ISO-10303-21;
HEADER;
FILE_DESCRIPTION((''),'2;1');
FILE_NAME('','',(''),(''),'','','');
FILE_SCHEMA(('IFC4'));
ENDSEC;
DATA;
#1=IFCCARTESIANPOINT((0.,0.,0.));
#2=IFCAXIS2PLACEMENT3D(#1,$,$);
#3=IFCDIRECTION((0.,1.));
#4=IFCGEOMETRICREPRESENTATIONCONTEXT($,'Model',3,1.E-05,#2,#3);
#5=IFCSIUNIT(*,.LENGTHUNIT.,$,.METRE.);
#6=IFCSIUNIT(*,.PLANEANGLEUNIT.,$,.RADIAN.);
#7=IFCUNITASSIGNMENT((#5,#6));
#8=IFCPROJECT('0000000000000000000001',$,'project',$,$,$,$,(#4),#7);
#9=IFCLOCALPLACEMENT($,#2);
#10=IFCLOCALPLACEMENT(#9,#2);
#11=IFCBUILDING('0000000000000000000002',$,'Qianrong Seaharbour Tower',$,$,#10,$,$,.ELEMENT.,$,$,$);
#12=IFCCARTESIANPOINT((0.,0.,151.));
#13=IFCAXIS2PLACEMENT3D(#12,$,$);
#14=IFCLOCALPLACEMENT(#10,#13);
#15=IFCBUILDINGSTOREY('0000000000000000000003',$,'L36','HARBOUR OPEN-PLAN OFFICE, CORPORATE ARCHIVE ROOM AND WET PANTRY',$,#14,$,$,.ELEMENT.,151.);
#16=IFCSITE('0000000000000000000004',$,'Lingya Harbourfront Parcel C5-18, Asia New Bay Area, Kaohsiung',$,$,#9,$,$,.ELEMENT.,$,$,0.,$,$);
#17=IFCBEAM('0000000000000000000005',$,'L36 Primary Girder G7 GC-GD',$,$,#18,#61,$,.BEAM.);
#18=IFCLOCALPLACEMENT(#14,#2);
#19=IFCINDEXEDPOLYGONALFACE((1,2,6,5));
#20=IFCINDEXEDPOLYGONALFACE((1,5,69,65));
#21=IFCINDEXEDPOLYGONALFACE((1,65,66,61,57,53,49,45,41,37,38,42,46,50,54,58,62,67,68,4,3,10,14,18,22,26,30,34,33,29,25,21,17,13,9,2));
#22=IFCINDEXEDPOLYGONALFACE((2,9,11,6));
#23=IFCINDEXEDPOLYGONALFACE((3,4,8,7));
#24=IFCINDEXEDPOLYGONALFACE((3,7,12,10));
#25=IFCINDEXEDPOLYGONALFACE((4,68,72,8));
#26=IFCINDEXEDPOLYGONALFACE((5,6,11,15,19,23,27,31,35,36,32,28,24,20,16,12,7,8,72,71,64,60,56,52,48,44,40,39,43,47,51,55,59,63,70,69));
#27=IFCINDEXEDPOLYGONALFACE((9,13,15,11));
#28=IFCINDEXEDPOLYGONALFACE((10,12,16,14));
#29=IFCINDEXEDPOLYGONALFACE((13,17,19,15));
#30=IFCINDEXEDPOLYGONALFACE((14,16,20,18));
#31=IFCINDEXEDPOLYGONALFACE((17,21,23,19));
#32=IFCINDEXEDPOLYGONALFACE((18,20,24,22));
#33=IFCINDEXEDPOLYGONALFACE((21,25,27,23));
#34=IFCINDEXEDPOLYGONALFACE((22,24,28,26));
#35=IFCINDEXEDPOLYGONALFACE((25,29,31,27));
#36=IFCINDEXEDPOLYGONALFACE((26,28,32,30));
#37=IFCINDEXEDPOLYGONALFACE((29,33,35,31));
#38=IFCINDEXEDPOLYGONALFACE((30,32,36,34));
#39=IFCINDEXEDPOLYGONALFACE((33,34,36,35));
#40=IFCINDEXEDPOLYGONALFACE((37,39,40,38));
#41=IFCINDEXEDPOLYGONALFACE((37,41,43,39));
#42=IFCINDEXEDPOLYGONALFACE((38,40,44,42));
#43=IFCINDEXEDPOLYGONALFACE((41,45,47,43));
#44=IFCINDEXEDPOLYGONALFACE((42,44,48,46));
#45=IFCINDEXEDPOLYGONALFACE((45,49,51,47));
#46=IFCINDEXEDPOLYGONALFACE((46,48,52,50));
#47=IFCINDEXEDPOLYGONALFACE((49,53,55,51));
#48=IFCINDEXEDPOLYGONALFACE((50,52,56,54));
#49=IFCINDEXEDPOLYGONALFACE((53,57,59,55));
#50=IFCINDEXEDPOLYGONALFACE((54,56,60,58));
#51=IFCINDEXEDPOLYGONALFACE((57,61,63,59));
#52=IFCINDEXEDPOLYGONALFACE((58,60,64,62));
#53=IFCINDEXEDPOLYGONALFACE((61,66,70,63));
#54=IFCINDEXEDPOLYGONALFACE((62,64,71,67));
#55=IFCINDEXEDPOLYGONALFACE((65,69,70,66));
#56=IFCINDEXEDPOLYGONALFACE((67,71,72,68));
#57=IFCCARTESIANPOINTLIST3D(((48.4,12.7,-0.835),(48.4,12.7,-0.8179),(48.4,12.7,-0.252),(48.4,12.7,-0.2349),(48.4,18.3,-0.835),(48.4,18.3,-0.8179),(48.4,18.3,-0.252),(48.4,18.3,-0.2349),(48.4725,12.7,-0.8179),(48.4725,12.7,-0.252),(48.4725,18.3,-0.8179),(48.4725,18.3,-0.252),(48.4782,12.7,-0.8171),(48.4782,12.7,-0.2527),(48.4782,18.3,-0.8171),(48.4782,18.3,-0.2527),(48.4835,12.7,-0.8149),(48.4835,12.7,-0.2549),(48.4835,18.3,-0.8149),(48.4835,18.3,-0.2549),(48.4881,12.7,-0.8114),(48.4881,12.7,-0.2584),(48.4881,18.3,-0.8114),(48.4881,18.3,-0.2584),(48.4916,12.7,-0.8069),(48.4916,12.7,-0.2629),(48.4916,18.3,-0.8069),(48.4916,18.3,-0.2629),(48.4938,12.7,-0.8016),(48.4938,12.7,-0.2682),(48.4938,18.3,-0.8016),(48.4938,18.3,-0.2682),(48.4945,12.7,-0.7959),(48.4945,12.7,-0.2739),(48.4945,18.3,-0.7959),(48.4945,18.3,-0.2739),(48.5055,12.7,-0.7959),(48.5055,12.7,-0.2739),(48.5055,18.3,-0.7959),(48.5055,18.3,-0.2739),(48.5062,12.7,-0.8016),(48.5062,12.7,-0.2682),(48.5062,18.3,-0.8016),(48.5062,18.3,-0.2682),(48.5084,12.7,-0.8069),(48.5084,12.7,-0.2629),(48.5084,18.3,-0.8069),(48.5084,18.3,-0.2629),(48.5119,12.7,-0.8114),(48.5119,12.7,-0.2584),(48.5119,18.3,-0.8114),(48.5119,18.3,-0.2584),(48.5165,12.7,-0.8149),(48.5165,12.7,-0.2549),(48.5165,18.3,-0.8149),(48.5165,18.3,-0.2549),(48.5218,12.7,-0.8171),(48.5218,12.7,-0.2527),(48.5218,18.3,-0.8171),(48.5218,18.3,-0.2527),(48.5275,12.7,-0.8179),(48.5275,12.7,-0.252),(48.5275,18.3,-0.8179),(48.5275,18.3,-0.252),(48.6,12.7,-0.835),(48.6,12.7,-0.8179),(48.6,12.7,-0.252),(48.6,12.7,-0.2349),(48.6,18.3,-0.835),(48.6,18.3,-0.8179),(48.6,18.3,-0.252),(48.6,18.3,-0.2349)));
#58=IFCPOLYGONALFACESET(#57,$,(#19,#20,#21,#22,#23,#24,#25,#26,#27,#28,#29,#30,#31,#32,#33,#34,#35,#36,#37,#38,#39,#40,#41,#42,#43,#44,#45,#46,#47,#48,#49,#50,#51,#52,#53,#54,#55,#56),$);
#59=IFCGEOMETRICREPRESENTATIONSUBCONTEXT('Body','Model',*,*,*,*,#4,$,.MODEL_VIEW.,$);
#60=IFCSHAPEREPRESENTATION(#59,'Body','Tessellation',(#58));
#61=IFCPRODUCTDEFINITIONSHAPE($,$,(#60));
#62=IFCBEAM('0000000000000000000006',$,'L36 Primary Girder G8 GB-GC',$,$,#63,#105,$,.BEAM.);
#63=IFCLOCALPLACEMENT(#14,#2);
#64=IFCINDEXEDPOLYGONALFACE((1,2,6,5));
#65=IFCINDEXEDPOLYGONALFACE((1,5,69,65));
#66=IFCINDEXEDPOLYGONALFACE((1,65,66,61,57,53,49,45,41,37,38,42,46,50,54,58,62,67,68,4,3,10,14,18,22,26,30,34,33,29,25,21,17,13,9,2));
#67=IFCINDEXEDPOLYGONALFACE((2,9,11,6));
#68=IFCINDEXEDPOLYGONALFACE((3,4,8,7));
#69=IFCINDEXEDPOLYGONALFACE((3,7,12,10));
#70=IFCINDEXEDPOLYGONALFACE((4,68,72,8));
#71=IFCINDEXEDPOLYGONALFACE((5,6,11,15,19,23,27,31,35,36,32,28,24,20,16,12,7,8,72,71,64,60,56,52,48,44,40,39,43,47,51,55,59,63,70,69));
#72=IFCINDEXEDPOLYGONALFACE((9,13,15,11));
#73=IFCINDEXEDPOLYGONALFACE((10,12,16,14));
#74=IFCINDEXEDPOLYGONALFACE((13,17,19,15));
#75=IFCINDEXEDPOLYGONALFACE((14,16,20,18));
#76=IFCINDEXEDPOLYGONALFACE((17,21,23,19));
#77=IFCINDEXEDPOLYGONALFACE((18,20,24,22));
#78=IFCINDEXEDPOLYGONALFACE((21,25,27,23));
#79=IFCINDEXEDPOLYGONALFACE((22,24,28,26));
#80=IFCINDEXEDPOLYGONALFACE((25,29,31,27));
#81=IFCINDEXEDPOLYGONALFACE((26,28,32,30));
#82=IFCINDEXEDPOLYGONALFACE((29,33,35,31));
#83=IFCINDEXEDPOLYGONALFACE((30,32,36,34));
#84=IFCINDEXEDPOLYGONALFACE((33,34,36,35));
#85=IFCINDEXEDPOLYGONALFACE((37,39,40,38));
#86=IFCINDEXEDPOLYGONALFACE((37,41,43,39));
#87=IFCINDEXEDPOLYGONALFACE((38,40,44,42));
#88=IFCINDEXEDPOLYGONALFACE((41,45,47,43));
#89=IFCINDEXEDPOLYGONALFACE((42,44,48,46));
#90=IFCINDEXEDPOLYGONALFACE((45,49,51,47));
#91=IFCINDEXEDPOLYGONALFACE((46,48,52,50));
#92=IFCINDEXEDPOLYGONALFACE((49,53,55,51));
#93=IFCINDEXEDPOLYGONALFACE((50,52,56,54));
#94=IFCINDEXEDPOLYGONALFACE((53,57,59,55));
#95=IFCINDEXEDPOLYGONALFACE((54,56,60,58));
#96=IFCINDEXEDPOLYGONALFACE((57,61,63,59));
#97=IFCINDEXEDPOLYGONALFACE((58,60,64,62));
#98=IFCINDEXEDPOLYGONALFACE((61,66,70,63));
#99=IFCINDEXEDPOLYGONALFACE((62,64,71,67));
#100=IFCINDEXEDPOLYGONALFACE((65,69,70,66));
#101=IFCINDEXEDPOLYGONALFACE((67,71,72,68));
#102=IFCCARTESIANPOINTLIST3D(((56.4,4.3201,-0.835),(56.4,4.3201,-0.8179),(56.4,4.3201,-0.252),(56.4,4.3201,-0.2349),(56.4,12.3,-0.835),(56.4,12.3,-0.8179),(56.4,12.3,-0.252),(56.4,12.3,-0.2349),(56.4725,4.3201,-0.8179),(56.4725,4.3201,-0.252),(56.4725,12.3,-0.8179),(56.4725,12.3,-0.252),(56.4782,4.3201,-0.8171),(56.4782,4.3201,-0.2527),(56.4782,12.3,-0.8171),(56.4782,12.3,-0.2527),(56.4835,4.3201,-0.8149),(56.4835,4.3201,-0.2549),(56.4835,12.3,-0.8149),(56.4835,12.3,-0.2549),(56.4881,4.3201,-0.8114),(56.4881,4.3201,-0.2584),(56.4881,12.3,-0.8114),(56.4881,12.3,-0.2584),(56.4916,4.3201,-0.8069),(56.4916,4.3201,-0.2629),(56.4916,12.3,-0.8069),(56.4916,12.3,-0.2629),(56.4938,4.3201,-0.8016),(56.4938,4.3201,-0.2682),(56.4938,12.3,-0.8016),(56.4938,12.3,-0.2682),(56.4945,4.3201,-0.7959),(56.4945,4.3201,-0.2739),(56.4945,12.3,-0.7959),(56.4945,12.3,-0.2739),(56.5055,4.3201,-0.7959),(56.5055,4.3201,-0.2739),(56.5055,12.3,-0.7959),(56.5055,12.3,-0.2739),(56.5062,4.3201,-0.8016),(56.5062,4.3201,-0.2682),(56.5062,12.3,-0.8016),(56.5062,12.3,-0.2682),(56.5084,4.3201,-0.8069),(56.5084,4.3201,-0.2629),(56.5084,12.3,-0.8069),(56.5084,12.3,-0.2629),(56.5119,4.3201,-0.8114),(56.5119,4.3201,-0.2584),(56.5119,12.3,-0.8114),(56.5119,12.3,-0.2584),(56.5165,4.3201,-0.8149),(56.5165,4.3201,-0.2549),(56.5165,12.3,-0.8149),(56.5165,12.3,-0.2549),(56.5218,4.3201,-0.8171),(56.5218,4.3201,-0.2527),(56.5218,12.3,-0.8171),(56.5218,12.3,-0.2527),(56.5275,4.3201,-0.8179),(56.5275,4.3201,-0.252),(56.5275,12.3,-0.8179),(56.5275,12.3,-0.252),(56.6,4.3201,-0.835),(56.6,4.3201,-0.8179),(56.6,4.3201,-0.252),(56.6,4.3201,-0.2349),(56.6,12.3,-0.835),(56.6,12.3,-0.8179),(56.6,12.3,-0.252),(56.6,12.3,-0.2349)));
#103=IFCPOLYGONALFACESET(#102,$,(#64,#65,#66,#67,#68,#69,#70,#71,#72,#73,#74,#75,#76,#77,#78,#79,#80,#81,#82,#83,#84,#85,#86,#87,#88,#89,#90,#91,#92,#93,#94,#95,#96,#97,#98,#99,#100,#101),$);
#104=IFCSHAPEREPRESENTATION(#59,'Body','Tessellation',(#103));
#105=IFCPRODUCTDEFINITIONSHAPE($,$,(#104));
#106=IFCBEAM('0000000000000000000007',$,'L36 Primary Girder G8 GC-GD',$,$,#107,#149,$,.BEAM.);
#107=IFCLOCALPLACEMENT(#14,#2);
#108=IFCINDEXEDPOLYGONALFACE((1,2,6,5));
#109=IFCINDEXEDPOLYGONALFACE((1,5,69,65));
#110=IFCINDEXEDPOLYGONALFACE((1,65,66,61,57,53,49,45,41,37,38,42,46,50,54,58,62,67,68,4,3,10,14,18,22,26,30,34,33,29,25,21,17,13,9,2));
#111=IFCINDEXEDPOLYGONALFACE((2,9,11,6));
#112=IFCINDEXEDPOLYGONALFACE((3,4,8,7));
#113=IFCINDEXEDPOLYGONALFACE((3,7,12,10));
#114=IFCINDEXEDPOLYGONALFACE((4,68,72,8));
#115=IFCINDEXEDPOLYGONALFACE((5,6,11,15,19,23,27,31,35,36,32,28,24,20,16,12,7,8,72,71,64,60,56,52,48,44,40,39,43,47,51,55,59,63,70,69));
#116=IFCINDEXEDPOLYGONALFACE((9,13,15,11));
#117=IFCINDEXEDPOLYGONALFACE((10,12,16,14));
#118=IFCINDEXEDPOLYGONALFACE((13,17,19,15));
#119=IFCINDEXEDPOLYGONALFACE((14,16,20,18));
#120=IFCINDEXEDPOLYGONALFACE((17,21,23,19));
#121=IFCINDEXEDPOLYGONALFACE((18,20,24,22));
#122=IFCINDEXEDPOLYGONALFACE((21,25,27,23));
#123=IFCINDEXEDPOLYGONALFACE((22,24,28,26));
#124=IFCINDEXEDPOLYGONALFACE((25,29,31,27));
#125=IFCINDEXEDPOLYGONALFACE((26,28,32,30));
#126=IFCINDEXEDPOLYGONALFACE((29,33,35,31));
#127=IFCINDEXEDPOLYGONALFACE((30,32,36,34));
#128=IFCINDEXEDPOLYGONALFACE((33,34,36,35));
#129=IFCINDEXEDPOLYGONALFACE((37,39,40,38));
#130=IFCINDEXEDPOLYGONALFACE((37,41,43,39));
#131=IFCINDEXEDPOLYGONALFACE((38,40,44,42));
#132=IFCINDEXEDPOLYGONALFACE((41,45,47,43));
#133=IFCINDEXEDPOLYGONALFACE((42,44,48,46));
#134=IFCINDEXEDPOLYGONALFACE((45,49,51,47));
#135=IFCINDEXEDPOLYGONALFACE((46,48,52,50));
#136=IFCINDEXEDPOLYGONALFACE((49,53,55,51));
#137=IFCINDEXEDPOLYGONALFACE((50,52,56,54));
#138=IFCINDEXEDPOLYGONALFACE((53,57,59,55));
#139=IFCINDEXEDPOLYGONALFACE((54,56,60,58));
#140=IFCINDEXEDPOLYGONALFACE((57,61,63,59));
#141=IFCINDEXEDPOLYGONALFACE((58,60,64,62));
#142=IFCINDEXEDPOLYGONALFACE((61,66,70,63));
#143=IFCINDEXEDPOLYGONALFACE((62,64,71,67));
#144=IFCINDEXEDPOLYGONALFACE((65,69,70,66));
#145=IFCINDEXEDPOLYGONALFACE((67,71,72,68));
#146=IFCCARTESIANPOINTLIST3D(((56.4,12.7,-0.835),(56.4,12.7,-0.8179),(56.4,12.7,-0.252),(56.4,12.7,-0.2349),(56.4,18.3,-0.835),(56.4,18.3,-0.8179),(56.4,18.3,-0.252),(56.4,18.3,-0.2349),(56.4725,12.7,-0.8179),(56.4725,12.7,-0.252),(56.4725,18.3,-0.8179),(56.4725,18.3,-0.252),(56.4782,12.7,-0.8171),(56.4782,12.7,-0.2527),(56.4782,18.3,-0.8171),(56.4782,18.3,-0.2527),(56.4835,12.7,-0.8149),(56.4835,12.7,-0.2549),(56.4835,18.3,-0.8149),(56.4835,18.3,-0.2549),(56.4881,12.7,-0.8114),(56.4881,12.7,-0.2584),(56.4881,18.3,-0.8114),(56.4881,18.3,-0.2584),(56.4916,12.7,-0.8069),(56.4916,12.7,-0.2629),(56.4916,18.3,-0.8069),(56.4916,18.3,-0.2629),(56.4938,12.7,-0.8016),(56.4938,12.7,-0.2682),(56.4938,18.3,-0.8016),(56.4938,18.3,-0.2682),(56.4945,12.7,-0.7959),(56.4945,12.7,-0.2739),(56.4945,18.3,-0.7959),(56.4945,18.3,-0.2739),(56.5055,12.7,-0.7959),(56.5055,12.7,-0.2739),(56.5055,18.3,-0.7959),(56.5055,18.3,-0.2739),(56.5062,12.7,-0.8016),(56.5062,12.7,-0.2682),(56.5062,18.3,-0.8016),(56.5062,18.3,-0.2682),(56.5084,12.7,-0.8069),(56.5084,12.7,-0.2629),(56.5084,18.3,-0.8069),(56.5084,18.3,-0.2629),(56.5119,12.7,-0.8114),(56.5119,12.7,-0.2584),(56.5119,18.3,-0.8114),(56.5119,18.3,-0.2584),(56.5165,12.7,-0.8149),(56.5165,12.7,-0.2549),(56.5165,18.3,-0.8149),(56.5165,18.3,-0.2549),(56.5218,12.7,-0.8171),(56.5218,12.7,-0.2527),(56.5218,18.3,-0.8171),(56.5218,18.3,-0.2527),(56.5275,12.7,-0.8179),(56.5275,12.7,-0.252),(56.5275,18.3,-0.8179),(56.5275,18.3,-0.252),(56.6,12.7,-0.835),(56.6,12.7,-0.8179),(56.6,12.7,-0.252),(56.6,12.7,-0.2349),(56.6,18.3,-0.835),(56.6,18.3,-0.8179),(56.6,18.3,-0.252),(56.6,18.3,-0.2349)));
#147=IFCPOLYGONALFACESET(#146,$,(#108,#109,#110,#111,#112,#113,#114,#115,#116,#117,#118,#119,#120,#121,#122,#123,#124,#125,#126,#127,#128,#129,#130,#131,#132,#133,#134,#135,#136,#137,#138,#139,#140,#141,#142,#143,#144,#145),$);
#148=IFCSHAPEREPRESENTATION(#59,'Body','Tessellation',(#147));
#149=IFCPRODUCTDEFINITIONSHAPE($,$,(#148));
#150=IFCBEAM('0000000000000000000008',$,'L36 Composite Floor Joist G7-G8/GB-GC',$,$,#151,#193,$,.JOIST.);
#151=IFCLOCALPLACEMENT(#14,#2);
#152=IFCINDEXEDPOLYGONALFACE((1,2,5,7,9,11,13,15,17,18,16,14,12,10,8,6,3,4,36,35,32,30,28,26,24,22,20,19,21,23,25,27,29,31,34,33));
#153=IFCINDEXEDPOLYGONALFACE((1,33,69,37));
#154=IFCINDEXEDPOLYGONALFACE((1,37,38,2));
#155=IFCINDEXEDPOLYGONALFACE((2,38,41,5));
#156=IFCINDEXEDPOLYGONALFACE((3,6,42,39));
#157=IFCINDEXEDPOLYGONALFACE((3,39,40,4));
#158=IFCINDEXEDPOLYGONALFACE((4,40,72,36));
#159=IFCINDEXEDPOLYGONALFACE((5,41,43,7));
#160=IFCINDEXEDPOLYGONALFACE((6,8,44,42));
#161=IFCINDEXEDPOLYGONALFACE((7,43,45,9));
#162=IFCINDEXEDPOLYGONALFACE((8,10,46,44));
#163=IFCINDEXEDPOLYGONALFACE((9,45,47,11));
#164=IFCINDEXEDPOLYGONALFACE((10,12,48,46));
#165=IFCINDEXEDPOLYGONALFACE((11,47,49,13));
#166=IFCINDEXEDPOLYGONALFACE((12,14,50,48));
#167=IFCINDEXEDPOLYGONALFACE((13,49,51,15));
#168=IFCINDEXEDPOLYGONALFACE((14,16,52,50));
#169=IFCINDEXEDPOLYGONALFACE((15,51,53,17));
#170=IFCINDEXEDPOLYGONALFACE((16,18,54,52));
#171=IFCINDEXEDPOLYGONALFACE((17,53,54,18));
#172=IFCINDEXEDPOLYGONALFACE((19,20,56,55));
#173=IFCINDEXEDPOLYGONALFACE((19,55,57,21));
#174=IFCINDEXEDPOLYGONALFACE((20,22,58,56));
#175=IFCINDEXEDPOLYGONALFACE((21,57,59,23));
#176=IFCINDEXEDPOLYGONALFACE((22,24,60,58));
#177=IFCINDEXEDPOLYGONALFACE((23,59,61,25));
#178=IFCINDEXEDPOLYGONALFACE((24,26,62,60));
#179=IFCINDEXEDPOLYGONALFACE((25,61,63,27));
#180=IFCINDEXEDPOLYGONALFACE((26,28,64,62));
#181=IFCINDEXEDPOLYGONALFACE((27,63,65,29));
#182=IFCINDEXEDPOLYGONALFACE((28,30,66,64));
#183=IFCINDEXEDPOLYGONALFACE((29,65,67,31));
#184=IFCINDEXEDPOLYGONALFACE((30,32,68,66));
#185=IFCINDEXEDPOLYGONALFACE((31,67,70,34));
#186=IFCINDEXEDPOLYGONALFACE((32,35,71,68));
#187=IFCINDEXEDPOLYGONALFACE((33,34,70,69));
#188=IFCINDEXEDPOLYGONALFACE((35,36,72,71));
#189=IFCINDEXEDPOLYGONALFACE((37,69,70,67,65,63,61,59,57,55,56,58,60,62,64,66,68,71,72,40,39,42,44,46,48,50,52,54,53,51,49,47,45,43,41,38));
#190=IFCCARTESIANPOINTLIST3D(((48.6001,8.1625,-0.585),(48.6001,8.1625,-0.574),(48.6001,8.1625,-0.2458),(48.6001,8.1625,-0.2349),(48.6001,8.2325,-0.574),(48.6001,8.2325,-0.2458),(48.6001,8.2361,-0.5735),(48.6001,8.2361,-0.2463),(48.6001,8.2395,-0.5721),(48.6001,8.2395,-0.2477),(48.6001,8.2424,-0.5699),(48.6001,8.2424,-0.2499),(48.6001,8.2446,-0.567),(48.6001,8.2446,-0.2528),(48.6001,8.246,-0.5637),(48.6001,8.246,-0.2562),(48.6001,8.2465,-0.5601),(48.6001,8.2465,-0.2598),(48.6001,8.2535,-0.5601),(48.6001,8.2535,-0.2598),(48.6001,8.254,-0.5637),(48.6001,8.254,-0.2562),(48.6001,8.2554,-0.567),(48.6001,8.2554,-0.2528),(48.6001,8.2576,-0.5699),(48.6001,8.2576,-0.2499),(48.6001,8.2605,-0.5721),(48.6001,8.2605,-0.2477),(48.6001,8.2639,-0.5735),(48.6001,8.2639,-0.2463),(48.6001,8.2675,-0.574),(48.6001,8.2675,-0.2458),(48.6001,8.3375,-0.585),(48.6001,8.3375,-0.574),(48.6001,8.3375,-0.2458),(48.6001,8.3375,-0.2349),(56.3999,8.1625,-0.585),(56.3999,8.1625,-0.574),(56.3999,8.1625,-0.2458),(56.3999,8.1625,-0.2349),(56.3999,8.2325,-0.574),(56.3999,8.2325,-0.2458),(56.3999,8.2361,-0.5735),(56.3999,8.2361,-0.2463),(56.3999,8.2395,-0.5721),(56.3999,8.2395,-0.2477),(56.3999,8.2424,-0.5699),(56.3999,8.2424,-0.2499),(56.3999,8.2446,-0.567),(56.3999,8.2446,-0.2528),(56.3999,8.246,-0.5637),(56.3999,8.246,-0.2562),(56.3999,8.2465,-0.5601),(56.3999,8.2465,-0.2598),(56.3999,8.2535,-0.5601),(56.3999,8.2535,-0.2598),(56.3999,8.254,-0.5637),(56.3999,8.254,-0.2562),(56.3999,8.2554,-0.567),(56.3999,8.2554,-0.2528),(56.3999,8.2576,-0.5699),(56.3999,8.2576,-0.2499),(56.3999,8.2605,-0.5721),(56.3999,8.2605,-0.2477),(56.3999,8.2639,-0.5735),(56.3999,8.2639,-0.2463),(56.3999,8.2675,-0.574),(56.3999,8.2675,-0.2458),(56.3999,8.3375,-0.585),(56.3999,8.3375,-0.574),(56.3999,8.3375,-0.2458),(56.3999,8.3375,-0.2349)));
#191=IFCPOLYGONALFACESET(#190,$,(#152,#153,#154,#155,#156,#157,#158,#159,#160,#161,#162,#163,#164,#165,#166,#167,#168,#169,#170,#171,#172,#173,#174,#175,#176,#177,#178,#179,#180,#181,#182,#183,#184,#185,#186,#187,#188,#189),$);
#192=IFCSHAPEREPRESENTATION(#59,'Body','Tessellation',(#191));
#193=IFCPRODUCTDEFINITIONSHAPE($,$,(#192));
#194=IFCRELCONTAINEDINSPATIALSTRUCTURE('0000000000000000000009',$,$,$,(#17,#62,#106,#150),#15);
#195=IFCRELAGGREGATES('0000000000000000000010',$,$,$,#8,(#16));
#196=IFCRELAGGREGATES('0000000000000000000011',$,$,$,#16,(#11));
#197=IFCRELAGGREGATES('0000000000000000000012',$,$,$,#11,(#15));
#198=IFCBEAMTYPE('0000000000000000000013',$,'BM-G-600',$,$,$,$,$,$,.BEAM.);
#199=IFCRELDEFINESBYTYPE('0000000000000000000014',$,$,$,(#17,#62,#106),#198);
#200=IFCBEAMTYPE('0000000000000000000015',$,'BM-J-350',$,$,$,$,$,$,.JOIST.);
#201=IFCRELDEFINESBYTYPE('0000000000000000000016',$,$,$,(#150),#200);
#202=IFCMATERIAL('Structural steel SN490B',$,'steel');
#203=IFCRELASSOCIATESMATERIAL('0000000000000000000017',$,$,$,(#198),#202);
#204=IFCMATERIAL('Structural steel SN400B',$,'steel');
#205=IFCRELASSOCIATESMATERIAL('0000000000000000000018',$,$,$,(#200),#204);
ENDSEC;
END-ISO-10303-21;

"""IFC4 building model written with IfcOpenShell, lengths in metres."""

from ifc_helpers import new_model, si_unit, direction, frame, origin, origin_2d, place, context, subcontext, project, spatial, i_section, extrude, material, material_profile, profile_set, type_object, element, save


model = new_model("IFC4")

# Units and contexts
model_context = context("Model", 3, precision=1e-05, world=origin(), true_north=direction((0.0, 1.0)))
body_context = subcontext(model_context, "Body", "Model", "MODEL_VIEW")
ifc_project = project(units=[si_unit("LENGTHUNIT", "METRE"), si_unit("PLANEANGLEUNIT", "RADIAN")], contexts=[model_context])

# Site, building, storey
site_placement = place(None, origin())
site = spatial("IfcSite", under=ifc_project, at=site_placement, Name="Lingya Harbourfront Parcel C5-18, Asia New Bay Area, Kaohsiung", CompositionType="ELEMENT", RefElevation=0.0)
building_placement = place(site_placement, origin())
building = spatial("IfcBuilding", under=site, at=building_placement, Name="Qianrong Seaharbour Tower", CompositionType="ELEMENT")
storey_placement = place(building_placement, frame((0.0, 0.0, 151.0)))
storey = spatial("IfcBuildingStorey", under=building, at=storey_placement, Name="L36", Description="HARBOUR OPEN-PLAN OFFICE, CORPORATE ARCHIVE ROOM AND WET PANTRY", CompositionType="ELEMENT", Elevation=151.0)

# Shared definitions
ifc_material_1 = material(Name="Structural steel SN490B", Category="steel")

# Beams
ifc_material_profile_1 = material_profile(ifc_material_1, i_section(OverallWidth=0.2, OverallDepth=0.6001, WebThickness=0.011, FlangeThickness=0.0171, FilletRadius=0.022, at=origin_2d()), Name="H600x200x11x17")
ifc_profile_set_1 = profile_set([ifc_material_profile_1], Name="Structural steel SN490B")
beam_type_1 = type_object("IfcBeamType", Name="BM-G-600", PredefinedType="BEAM", material=ifc_profile_set_1)
beam_1_placement = place(storey_placement, frame((48.5, 12.7, -0.5349), z_axis=(0.0, 1.0, 0.0), x_axis=(-1.0, 0.0, 0.0)))
element("IfcBeam", 1, at=beam_1_placement, inside=storey, type_object=beam_type_1, Name="L36 Primary Girder G7 GC-GD", PredefinedType="BEAM", context=body_context, shape_type="SweptSolid", body=[
    extrude(i_section(OverallWidth=0.2, OverallDepth=0.6001, WebThickness=0.011, FlangeThickness=0.0171, FilletRadius=0.022, at=origin_2d()), origin(), (0.0, 0.0, 1.0), 5.6001),
])
beam_2_placement = place(storey_placement, frame((56.5, 4.3201, -0.5349), z_axis=(0.0, 1.0, 0.0), x_axis=(-1.0, 0.0, 0.0)))
element("IfcBeam", 2, at=beam_2_placement, inside=storey, type_object=beam_type_1, Name="L36 Primary Girder G8 GB-GC", PredefinedType="BEAM", context=body_context, shape_type="SweptSolid", body=[
    extrude(i_section(OverallWidth=0.2, OverallDepth=0.6001, WebThickness=0.011, FlangeThickness=0.0171, FilletRadius=0.022, at=origin_2d()), origin(), (0.0, 0.0, 1.0), 7.98),
])
beam_3_placement = place(storey_placement, frame((56.5, 12.7, -0.5349), z_axis=(0.0, 1.0, 0.0), x_axis=(-1.0, 0.0, 0.0)))
element("IfcBeam", 3, at=beam_3_placement, inside=storey, type_object=beam_type_1, Name="L36 Primary Girder G8 GC-GD", PredefinedType="BEAM", context=body_context, shape_type="SweptSolid", body=[
    extrude(i_section(OverallWidth=0.2, OverallDepth=0.6001, WebThickness=0.011, FlangeThickness=0.0171, FilletRadius=0.022, at=origin_2d()), origin(), (0.0, 0.0, 1.0), 5.6001),
])
ifc_material_2 = material(Name="Structural steel SN400B", Category="steel")
ifc_material_profile_2 = material_profile(ifc_material_2, i_section(OverallWidth=0.175, OverallDepth=0.3501, WebThickness=0.0071, FlangeThickness=0.011, FilletRadius=0.0139, at=origin_2d()), Name="H350x175x7x11")
ifc_profile_set_2 = profile_set([ifc_material_profile_2], Name="Structural steel SN400B")
beam_type_2 = type_object("IfcBeamType", Name="BM-J-350", PredefinedType="JOIST", material=ifc_profile_set_2)
for number, where, z_axis, x_axis, name in (
    (4, (48.6001, 8.25, -0.4099), (1.0, 0.0, 0.0), (0.0, 1.0, 0.0), "L36 Composite Floor Joist G7-G8/GB-GC"),
):
    element("IfcBeam", number, at=place(storey_placement, frame(where, z_axis=z_axis, x_axis=x_axis)), inside=storey, type_object=beam_type_2, Name=name, PredefinedType="JOIST", context=body_context, shape_type="SweptSolid", body=[
        extrude(i_section(OverallWidth=0.175, OverallDepth=0.3501, WebThickness=0.0071, FlangeThickness=0.011, FilletRadius=0.0139, at=origin_2d()), origin(), (0.0, 0.0, 1.0), 7.7998),
    ])

save(model, "model.ifc")
